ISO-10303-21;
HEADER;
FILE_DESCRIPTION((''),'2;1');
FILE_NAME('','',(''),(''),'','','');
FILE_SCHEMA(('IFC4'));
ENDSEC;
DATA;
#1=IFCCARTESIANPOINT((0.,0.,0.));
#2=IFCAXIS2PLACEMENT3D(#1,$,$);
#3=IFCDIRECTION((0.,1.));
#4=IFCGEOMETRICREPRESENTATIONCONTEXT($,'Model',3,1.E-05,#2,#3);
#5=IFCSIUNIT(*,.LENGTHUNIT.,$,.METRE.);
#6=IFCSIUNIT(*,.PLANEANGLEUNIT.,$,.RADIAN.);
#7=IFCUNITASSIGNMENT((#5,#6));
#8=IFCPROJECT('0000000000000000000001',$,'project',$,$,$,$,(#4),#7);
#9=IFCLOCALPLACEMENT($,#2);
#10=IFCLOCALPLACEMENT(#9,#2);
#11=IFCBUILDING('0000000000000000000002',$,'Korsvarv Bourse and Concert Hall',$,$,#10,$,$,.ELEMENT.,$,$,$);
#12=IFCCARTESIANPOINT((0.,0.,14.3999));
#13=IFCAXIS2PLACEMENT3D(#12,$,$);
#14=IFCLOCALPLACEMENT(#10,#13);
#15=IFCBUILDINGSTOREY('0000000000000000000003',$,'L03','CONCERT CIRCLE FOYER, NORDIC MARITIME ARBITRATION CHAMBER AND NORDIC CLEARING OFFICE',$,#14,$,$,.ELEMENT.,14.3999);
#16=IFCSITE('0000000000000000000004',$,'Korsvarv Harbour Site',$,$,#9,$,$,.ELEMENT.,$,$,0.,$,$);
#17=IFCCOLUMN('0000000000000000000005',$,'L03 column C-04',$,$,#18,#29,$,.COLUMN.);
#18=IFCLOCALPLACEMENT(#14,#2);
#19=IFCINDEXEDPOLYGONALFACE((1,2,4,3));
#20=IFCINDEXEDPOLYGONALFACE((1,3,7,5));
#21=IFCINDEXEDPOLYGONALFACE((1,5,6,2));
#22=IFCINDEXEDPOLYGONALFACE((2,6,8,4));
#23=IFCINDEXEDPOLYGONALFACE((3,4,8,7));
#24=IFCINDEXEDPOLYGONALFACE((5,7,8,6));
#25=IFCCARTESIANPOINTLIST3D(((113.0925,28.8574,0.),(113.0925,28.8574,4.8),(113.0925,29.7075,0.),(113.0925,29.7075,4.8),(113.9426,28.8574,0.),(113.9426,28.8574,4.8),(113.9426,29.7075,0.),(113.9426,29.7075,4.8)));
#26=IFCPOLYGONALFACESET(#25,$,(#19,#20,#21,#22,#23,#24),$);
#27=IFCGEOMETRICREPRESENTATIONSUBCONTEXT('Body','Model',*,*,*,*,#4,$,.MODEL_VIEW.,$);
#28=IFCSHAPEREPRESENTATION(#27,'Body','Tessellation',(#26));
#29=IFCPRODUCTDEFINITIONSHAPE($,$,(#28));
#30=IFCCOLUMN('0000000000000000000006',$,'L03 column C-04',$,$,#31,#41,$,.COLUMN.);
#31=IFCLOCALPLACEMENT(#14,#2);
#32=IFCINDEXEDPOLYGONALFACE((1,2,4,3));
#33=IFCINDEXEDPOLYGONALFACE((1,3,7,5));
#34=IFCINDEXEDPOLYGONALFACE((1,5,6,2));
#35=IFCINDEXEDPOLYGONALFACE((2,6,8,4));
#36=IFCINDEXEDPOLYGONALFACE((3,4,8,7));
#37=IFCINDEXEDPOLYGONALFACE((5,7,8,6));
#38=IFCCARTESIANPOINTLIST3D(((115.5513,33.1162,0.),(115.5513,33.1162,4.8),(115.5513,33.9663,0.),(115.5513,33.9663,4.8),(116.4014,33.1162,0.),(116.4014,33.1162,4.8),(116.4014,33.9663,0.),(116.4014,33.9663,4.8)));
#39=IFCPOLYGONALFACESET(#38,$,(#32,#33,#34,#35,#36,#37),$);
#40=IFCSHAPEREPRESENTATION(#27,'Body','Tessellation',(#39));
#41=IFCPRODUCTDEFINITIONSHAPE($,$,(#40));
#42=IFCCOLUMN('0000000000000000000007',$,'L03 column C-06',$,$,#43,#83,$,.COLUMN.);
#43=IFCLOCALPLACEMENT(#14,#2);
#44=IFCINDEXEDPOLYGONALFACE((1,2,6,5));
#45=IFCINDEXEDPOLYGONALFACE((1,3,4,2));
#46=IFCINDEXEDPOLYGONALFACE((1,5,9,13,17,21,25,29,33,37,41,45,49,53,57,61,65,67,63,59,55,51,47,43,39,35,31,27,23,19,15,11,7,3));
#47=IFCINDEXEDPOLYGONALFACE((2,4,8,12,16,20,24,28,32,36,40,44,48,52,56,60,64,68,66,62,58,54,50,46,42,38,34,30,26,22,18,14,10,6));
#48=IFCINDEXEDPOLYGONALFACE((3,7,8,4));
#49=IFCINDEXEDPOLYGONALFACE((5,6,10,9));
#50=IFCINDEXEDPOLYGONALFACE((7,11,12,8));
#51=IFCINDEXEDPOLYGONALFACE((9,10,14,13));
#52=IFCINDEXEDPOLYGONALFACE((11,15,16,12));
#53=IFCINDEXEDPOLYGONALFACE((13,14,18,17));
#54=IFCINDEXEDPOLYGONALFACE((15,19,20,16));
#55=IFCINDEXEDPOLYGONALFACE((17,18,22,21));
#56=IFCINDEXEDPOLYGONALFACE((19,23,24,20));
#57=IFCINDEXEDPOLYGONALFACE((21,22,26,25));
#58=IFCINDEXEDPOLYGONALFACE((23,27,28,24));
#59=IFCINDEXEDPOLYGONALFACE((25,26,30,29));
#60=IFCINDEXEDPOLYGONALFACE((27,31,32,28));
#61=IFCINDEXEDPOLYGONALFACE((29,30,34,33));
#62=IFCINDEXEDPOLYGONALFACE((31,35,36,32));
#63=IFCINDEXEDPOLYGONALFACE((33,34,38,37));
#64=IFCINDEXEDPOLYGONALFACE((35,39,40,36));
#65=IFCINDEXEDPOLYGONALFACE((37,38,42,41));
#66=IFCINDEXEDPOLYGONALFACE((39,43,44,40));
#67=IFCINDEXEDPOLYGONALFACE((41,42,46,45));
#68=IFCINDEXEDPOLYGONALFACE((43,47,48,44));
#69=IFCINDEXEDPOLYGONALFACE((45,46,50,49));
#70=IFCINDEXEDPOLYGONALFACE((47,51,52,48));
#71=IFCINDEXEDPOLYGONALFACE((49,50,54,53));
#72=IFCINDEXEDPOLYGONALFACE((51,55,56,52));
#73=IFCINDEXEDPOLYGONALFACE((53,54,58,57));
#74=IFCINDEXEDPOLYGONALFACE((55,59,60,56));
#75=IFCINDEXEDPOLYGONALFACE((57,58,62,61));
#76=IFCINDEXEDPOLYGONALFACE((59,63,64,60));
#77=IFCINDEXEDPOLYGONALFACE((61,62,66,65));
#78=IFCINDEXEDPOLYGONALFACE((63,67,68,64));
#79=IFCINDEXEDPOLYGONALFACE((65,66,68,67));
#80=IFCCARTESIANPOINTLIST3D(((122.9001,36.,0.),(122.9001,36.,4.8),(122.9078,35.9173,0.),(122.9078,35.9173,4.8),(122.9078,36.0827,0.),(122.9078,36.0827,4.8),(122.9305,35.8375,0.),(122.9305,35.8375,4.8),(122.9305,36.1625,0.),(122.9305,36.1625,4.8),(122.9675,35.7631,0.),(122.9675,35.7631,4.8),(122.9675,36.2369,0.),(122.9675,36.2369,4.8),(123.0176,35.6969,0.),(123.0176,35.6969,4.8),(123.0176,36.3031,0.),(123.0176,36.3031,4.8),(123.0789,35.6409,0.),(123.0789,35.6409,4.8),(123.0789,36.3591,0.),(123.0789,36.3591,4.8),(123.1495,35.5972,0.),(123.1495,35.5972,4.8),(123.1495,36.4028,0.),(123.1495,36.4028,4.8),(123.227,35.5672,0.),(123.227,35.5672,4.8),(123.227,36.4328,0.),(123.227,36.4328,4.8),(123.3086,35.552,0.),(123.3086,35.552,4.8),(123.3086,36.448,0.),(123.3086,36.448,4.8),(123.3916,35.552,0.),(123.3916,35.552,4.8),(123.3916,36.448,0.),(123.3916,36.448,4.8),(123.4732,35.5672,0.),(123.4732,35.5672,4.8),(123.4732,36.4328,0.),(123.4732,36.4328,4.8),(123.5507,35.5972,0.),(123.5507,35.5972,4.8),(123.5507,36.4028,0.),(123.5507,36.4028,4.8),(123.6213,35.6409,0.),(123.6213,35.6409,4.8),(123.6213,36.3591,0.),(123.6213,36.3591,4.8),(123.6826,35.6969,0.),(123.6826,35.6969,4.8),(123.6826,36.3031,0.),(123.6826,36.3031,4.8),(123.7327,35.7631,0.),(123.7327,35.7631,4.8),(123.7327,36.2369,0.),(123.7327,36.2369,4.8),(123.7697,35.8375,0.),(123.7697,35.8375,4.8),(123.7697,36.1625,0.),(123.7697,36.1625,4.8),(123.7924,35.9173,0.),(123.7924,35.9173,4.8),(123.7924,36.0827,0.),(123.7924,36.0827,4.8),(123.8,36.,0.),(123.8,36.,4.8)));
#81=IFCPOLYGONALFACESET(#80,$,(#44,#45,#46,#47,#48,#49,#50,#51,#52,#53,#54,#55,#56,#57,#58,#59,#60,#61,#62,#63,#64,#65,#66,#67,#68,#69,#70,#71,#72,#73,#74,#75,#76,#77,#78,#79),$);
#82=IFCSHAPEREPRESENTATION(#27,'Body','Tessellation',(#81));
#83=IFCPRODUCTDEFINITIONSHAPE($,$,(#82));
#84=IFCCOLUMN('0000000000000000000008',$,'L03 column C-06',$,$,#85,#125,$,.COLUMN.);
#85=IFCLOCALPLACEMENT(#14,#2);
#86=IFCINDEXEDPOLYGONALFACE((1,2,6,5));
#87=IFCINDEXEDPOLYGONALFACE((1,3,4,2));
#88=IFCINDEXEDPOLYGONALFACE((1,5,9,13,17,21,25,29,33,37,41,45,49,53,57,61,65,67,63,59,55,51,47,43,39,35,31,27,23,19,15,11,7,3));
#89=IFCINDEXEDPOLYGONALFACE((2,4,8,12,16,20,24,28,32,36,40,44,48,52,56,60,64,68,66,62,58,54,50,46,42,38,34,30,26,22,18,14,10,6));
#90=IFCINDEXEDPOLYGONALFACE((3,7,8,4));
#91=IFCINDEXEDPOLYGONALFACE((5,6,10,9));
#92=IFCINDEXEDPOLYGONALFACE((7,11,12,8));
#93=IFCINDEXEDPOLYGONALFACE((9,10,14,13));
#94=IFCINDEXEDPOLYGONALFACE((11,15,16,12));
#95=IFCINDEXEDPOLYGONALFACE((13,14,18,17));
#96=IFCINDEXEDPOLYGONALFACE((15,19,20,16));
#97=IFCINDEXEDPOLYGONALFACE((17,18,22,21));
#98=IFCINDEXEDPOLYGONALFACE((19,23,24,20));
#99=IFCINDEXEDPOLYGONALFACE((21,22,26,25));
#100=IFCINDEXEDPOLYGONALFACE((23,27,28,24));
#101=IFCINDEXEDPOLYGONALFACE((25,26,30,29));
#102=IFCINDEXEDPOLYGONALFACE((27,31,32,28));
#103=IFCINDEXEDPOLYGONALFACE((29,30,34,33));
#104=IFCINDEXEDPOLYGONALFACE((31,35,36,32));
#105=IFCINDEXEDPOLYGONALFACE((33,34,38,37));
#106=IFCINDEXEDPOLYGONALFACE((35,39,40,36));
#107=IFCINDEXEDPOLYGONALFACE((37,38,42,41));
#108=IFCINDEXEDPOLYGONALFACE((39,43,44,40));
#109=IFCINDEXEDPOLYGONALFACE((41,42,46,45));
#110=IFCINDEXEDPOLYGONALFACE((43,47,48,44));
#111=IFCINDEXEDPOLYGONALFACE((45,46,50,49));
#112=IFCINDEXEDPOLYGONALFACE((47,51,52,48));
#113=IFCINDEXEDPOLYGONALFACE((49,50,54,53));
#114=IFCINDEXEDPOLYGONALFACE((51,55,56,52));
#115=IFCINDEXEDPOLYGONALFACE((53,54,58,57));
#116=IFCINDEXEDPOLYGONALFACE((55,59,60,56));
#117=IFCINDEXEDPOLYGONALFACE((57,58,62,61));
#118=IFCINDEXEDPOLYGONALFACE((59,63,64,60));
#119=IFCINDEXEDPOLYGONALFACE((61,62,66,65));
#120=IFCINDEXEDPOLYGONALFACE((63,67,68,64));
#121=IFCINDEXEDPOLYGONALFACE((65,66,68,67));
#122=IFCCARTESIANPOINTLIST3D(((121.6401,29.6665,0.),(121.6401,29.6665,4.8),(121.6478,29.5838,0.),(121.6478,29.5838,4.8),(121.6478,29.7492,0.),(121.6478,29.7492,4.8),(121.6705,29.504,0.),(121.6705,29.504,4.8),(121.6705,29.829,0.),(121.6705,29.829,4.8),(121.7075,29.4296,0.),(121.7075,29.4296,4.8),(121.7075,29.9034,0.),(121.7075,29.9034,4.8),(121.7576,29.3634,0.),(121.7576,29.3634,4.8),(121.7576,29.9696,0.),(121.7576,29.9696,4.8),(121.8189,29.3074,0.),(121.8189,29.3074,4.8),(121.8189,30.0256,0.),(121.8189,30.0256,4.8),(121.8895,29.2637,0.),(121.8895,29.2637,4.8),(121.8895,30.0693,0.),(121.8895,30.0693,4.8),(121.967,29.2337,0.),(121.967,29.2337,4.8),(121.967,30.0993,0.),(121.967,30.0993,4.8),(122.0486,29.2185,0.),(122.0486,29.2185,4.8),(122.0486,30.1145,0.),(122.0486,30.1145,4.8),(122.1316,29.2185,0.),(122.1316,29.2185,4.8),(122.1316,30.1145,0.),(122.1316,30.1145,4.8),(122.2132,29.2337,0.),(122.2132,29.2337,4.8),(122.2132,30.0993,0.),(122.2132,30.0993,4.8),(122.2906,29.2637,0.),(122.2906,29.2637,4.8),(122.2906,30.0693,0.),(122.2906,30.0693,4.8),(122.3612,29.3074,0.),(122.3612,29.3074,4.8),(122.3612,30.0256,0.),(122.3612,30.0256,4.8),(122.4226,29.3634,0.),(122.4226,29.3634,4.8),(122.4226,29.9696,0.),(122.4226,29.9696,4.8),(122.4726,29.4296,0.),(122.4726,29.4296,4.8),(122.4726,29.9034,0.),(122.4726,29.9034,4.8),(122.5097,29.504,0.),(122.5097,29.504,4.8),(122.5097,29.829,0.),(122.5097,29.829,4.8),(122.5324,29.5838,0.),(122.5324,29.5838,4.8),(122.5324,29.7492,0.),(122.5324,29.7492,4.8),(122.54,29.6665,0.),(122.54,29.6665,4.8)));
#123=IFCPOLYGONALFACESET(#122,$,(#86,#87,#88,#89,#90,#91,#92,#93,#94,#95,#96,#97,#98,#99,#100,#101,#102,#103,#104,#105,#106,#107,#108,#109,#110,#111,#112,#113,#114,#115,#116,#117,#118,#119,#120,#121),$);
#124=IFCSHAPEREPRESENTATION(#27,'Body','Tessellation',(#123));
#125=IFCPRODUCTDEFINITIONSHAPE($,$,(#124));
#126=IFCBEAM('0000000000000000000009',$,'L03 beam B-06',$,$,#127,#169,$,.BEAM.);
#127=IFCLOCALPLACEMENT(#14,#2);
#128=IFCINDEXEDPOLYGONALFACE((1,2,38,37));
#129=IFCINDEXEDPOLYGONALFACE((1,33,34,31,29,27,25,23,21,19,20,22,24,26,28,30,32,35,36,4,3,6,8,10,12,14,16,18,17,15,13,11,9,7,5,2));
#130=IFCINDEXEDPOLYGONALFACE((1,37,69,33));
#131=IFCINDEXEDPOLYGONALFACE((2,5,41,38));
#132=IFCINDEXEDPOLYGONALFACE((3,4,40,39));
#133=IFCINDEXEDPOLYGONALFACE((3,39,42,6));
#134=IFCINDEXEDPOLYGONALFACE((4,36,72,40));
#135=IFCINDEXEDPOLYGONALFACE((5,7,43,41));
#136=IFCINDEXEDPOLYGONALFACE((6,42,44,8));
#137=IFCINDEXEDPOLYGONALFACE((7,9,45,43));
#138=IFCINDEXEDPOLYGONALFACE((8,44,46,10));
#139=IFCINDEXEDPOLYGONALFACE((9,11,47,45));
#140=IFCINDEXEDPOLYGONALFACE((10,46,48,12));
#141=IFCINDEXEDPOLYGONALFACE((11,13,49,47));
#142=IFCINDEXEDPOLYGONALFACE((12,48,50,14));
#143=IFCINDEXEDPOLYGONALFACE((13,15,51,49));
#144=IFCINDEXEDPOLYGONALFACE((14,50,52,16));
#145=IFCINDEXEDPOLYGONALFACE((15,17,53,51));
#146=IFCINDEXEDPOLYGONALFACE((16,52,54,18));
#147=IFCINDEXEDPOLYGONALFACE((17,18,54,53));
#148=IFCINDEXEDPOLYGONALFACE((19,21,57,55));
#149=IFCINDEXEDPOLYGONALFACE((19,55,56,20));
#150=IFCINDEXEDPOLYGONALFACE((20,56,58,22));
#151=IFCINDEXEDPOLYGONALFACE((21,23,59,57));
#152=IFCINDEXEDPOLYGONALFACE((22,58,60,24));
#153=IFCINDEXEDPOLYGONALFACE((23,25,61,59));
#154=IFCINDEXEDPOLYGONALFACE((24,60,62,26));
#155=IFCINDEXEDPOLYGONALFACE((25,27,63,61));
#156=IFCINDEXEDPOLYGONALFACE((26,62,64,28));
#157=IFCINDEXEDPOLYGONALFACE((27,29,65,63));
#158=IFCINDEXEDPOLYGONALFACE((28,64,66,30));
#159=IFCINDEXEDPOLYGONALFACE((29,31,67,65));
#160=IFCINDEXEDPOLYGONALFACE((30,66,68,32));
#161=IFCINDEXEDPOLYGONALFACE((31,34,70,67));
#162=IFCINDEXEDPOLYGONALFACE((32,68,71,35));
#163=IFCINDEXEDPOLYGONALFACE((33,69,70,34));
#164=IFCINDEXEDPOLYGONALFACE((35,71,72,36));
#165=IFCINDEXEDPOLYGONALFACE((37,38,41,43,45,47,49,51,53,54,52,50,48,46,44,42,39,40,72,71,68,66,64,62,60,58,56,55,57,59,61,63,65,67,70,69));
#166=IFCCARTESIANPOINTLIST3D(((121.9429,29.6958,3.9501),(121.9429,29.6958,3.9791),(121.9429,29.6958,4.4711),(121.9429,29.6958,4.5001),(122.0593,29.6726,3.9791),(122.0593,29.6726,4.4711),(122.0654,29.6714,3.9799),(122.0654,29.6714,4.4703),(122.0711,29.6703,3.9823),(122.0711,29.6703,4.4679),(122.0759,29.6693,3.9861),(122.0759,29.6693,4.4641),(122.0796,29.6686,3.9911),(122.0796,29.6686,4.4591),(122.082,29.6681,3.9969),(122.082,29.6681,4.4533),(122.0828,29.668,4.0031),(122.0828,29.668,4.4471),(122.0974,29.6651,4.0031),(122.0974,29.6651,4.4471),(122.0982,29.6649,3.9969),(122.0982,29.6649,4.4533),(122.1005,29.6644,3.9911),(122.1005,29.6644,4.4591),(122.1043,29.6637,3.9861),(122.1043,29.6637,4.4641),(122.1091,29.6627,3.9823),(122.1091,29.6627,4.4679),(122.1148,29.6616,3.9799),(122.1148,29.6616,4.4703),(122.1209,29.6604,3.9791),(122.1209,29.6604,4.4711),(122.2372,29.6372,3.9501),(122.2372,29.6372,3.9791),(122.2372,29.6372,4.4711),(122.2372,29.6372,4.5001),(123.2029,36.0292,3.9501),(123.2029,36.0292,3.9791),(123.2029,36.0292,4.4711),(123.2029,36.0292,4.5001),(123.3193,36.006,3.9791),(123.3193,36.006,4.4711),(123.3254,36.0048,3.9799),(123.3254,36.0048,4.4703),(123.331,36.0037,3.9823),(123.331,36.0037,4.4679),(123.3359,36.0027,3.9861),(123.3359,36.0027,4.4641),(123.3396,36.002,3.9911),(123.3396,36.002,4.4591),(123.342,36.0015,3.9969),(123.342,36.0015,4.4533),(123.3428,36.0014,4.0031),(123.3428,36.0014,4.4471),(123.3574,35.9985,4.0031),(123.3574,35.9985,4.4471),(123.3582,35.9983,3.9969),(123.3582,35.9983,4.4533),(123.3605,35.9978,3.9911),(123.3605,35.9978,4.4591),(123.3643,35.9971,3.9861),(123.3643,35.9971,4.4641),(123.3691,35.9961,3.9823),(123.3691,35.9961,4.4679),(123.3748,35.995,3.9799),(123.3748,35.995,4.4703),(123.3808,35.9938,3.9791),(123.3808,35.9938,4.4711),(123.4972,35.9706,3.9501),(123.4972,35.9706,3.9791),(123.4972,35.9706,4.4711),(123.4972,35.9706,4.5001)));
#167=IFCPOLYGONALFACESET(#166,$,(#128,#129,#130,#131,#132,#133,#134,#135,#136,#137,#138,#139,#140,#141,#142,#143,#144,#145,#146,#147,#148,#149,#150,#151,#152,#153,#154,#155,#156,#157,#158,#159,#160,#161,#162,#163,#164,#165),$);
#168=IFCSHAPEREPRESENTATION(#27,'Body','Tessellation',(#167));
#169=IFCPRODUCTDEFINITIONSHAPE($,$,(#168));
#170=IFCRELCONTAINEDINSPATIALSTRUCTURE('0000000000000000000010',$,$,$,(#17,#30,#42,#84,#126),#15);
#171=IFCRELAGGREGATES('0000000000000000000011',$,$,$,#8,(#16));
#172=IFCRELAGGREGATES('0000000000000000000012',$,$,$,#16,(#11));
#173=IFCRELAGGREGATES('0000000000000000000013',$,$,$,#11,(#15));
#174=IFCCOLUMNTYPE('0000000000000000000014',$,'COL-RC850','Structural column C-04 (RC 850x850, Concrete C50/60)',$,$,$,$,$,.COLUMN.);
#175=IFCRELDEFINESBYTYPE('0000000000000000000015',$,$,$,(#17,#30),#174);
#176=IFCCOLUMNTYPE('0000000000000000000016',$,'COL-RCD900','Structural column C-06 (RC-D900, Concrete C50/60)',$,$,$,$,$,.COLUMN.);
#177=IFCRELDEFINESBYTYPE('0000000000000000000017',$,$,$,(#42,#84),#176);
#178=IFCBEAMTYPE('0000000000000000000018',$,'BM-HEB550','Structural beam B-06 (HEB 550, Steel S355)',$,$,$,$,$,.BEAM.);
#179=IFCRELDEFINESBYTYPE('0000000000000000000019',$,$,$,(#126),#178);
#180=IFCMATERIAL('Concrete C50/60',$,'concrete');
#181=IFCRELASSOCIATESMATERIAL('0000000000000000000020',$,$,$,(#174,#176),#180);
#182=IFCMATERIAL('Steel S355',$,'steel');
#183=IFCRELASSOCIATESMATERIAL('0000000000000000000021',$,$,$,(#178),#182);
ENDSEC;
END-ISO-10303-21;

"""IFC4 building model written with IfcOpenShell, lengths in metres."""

from ifc_helpers import new_model, si_unit, direction, frame, origin, origin_2d, place, context, subcontext, project, spatial, rectangle, circle, i_section, extrude, source, transform, mapped, material, material_profile, profile_set, type_object, element, save


model = new_model("IFC4")

# Units and contexts
model_context = context("Model", 3, precision=1e-05, world=origin(), true_north=direction((0.0, 1.0)))
body_context = subcontext(model_context, "Body", "Model", "MODEL_VIEW")
ifc_project = project(units=[si_unit("LENGTHUNIT", "METRE"), si_unit("PLANEANGLEUNIT", "RADIAN")], contexts=[model_context])

# Site, building, storey
site_placement = place(None, origin())
site = spatial("IfcSite", under=ifc_project, at=site_placement, Name="Korsvarv Harbour Site", CompositionType="ELEMENT", RefElevation=0.0)
building_placement = place(site_placement, origin())
building = spatial("IfcBuilding", under=site, at=building_placement, Name="Korsvarv Bourse and Concert Hall", CompositionType="ELEMENT")
storey_placement = place(building_placement, frame((0.0, 0.0, 14.3999)))
storey = spatial("IfcBuildingStorey", under=building, at=storey_placement, Name="L03", Description="CONCERT CIRCLE FOYER, NORDIC MARITIME ARBITRATION CHAMBER AND NORDIC CLEARING OFFICE", CompositionType="ELEMENT", Elevation=14.3999)

# Columns
ifc_material_1 = material(Name="Concrete C50/60", Category="concrete")
ifc_material_profile_1 = material_profile(ifc_material_1, rectangle(XDim=0.8501, YDim=0.8501, at=origin_2d()), Name="RC 850x850")
ifc_profile_set_1 = profile_set([ifc_material_profile_1], Name="Concrete C50/60")
column_type_1 = type_object("IfcColumnType", Name="COL-RC850", Description="Structural column C-04 (RC 850x850, Concrete C50/60)", PredefinedType="COLUMN", material=ifc_profile_set_1)
shared_shape_1 = source(origin(), body_context, "Body", "SweptSolid", [
    extrude(rectangle(XDim=0.8501, YDim=0.8501, at=origin_2d()), origin(), (0.0, 0.0, 1.0), 4.8),
])
for number, where, z_axis, x_axis, name in (
    (1, (113.5176, 29.2825, 0.0), (0.0, 0.0, 1.0), (1.0, 0.0, 0.0), "L03 column C-04"),
    (2, (115.9763, 33.5413, 0.0), (0.0, 0.0, 1.0), (1.0, 0.0, 0.0), "L03 column C-04"),
):
    element("IfcColumn", number, at=place(storey_placement, frame(where, z_axis=z_axis, x_axis=x_axis)), inside=storey, type_object=column_type_1, Name=name, PredefinedType="COLUMN", context=body_context, shape_type="MappedRepresentation", body=[
        mapped(shared_shape_1, transform((0.0, 0.0, 0.0), scale=1.0)),
    ])
ifc_material_profile_2 = material_profile(ifc_material_1, circle(Radius=0.45, at=origin_2d()), Name="RC-D900")
ifc_profile_set_2 = profile_set([ifc_material_profile_2], Name="Concrete C50/60")
column_type_2 = type_object("IfcColumnType", Name="COL-RCD900", Description="Structural column C-06 (RC-D900, Concrete C50/60)", PredefinedType="COLUMN", material=ifc_profile_set_2)
shared_shape_2 = source(origin(), body_context, "Body", "SweptSolid", [
    extrude(circle(Radius=0.45, at=origin_2d()), origin(), (0.0, 0.0, 1.0), 4.8),
])
for number, where, z_axis, x_axis, name in (
    (3, (123.3501, 36.0, 0.0), (0.0, 0.0, 1.0), (1.0, 0.0, 0.0), "L03 column C-06"),
    (4, (122.0901, 29.6665, 0.0), (0.0, 0.0, 1.0), (1.0, 0.0, 0.0), "L03 column C-06"),
):
    element("IfcColumn", number, at=place(storey_placement, frame(where, z_axis=z_axis, x_axis=x_axis)), inside=storey, type_object=column_type_2, Name=name, PredefinedType="COLUMN", context=body_context, shape_type="MappedRepresentation", body=[
        mapped(shared_shape_2, transform((0.0, 0.0, 0.0), scale=1.0)),
    ])

# Beam
ifc_material_2 = material(Name="Steel S355", Category="steel")
ifc_material_profile_3 = material_profile(ifc_material_2, i_section(OverallWidth=0.3, OverallDepth=0.55, WebThickness=0.0149, FlangeThickness=0.0291, FilletRadius=0.0239, at=origin_2d()), Name="HEB 550")
ifc_profile_set_3 = profile_set([ifc_material_profile_3], Name="Steel S355")
beam_type_1 = type_object("IfcBeamType", Name="BM-HEB550", Description="Structural beam B-06 (HEB 550, Steel S355)", PredefinedType="BEAM", material=ifc_profile_set_3)
shared_shape_3 = source(origin(), body_context, "Body", "SweptSolid", [
    extrude(i_section(OverallWidth=0.3, OverallDepth=0.55, WebThickness=0.0149, FlangeThickness=0.0291, FilletRadius=0.0239, at=origin_2d()), origin(), (0.0, 0.0, 1.0), 6.4575),
])
beam_1_placement = place(storey_placement, frame((122.0901, 29.6665, 4.2251), z_axis=(0.19512, 0.980779, 0.0), x_axis=(-0.980779, 0.19512, 0.0)))
element("IfcBeam", 5, at=beam_1_placement, inside=storey, type_object=beam_type_1, Name="L03 beam B-06", PredefinedType="BEAM", context=body_context, shape_type="MappedRepresentation", body=[
    mapped(shared_shape_3, transform((0.0, 0.0, 0.0), scale=1.0)),
])

save(model, "model.ifc")
